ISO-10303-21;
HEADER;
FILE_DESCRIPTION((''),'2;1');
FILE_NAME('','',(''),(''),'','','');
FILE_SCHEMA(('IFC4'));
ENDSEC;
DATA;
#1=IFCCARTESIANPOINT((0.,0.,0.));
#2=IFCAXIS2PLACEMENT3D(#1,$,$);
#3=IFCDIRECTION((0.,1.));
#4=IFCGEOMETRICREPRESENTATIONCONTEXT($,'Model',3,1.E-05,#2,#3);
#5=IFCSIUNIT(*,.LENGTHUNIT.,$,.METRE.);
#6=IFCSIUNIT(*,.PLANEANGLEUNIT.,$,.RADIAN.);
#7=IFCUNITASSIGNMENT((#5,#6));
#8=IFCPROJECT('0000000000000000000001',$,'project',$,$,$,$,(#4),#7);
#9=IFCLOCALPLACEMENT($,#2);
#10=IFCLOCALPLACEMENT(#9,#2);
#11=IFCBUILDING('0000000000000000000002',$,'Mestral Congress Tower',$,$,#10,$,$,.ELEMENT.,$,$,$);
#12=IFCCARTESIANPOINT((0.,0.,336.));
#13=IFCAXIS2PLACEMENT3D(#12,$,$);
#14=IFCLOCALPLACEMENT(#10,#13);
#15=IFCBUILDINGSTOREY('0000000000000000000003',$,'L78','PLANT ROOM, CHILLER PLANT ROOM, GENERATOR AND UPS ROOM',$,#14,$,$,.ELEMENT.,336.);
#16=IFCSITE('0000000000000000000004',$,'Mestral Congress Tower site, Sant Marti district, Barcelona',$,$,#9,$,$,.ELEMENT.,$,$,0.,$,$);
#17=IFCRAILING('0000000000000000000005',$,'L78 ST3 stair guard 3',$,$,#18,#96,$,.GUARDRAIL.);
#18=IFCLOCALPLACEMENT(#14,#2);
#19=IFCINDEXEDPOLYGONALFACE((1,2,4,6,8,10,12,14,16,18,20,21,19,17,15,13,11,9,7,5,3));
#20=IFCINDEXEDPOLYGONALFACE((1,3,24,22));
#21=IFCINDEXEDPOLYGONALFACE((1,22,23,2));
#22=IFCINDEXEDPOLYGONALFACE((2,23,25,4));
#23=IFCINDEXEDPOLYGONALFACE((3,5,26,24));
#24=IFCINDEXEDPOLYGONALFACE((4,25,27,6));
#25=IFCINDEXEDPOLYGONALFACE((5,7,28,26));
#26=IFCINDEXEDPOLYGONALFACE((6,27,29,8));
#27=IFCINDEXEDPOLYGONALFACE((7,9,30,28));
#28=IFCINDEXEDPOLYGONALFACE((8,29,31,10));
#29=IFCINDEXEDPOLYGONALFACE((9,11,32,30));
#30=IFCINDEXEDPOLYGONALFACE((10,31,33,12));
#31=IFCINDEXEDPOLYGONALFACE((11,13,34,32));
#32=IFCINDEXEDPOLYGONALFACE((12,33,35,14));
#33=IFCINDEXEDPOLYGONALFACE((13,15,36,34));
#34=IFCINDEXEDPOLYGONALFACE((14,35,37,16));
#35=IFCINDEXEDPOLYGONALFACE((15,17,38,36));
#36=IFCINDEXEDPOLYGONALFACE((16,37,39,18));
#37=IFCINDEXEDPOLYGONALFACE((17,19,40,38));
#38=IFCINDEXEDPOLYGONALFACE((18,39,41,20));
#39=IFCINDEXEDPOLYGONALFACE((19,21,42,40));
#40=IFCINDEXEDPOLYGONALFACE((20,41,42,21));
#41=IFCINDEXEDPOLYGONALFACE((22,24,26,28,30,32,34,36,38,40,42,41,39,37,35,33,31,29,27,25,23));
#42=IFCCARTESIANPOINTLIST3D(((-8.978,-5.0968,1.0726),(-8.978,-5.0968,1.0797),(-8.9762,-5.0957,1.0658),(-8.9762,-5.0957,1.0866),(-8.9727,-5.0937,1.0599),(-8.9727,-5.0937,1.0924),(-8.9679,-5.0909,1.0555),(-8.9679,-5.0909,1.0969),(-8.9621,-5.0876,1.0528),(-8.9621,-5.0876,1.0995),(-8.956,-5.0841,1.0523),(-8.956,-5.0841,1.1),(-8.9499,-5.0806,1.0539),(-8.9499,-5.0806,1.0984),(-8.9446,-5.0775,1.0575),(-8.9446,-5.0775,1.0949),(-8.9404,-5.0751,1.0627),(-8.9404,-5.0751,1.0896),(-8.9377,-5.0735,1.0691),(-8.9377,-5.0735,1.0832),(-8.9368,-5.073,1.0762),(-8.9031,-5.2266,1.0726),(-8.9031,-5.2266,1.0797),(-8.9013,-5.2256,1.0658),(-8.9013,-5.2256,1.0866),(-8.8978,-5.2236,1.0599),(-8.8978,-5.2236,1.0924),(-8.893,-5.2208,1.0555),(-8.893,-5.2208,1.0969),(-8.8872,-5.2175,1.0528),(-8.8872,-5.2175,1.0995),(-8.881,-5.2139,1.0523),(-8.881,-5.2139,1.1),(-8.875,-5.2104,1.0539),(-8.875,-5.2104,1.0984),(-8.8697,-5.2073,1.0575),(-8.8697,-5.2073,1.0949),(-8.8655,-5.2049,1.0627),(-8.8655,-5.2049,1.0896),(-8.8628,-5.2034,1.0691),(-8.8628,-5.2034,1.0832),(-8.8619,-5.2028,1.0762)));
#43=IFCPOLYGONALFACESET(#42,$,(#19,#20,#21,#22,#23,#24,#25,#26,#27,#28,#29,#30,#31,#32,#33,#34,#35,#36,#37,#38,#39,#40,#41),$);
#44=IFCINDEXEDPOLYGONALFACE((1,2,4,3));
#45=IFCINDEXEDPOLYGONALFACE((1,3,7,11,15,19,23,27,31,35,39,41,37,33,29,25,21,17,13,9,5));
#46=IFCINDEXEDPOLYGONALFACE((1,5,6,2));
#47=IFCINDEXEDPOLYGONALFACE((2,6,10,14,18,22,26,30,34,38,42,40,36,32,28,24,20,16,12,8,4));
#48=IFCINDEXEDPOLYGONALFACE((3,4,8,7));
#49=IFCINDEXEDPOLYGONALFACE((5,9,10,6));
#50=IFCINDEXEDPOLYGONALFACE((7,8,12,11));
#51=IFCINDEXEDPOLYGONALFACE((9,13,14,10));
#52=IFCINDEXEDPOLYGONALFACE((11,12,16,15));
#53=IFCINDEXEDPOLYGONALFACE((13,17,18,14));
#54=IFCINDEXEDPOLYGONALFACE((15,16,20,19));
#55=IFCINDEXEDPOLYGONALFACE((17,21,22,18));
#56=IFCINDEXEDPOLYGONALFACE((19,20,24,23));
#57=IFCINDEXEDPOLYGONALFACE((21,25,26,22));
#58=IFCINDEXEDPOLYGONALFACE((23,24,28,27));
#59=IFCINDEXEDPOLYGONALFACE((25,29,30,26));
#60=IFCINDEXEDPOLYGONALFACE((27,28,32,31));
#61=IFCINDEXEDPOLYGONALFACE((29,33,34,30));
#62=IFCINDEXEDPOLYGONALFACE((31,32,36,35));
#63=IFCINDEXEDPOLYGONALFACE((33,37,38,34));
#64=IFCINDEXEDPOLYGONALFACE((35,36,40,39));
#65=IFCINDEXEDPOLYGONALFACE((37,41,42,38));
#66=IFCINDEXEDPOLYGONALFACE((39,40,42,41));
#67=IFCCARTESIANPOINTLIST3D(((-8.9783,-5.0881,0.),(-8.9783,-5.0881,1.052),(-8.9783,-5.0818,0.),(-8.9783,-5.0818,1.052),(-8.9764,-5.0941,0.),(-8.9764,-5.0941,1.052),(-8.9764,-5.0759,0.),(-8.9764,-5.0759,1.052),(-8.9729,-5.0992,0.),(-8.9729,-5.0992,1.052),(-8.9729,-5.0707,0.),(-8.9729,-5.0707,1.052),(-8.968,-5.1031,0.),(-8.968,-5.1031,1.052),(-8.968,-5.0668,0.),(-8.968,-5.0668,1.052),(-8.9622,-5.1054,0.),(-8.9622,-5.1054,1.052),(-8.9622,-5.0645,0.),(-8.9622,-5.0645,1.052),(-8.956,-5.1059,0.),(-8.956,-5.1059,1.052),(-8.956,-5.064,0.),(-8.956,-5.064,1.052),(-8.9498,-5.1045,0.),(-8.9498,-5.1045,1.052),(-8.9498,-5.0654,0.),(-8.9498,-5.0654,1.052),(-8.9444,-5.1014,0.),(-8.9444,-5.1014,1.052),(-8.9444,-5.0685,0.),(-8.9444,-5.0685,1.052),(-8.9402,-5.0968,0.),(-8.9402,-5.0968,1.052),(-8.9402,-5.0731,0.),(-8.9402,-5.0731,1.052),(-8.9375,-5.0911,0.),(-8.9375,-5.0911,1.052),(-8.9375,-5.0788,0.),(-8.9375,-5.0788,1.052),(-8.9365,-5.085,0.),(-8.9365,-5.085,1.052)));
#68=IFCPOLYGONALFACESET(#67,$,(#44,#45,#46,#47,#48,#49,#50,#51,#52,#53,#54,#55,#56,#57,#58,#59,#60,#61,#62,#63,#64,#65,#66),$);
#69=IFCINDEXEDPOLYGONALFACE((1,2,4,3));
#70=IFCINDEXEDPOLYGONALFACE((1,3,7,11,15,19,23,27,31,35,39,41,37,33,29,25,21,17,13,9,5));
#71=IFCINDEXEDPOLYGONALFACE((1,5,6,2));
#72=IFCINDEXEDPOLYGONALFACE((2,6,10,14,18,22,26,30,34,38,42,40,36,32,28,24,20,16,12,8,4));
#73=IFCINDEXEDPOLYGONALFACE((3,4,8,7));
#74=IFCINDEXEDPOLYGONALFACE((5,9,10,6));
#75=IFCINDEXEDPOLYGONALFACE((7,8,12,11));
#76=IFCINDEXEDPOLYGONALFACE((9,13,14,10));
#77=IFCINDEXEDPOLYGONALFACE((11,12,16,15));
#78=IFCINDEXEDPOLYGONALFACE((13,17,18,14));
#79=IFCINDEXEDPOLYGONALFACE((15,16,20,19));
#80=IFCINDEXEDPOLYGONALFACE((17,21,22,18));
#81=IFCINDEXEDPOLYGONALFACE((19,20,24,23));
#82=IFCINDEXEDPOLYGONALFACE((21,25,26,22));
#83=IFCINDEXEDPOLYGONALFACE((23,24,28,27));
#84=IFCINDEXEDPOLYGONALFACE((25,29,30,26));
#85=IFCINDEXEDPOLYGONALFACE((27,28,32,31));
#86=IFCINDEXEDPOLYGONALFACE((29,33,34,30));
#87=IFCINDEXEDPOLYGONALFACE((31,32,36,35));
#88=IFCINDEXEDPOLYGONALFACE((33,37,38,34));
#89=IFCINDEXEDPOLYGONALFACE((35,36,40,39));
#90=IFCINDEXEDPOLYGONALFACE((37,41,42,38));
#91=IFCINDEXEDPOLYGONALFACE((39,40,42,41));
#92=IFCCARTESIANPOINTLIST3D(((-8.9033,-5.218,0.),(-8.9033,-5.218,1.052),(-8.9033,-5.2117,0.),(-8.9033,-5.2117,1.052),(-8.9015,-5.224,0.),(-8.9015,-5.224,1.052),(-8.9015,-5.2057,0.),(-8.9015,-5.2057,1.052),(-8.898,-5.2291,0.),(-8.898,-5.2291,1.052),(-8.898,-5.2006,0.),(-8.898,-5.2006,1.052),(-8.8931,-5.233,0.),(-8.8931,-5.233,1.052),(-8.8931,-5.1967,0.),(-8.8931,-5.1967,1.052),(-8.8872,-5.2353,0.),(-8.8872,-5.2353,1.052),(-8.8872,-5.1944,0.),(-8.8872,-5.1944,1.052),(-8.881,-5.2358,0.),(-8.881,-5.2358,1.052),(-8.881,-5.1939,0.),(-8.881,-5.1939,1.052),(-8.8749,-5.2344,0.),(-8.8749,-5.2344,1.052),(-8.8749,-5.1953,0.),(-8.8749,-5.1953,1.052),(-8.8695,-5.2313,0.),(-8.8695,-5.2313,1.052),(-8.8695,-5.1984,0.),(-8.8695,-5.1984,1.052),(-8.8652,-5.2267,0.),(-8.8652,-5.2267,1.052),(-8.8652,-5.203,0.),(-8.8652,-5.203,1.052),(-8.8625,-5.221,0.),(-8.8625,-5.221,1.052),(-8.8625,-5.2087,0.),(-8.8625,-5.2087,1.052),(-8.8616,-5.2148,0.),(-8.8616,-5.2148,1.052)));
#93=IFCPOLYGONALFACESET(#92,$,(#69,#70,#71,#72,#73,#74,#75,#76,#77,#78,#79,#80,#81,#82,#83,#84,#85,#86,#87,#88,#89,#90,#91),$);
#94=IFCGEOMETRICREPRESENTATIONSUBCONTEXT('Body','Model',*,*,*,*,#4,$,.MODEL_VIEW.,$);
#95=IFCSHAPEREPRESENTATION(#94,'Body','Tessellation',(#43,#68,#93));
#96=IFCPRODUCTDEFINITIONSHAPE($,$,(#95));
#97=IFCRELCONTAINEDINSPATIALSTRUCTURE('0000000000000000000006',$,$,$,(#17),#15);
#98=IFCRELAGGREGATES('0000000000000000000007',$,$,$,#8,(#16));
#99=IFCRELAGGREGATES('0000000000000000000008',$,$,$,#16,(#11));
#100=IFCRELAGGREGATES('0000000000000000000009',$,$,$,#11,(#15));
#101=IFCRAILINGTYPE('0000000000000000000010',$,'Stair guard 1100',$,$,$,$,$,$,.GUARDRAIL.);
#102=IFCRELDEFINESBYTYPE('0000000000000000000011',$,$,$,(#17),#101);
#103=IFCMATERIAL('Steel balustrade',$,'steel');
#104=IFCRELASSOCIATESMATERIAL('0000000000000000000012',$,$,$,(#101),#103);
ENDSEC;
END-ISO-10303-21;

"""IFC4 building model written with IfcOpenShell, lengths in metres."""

from ifc_helpers import new_model, si_unit, direction, frame, origin, origin_2d, place, context, subcontext, project, spatial, circle, extrude, material, type_object, element, save


model = new_model("IFC4")

# Units and contexts
model_context = context("Model", 3, precision=1e-05, world=origin(), true_north=direction((0.0, 1.0)))
body_context = subcontext(model_context, "Body", "Model", "MODEL_VIEW")
ifc_project = project(units=[si_unit("LENGTHUNIT", "METRE"), si_unit("PLANEANGLEUNIT", "RADIAN")], contexts=[model_context])

# Site, building, storey
site_placement = place(None, origin())
site = spatial("IfcSite", under=ifc_project, at=site_placement, Name="Mestral Congress Tower site, Sant Marti district, Barcelona", CompositionType="ELEMENT", RefElevation=0.0)
building_placement = place(site_placement, origin())
building = spatial("IfcBuilding", under=site, at=building_placement, Name="Mestral Congress Tower", CompositionType="ELEMENT")
storey_placement = place(building_placement, frame((0.0, 0.0, 336.0)))
storey = spatial("IfcBuildingStorey", under=building, at=storey_placement, Name="L78", Description="PLANT ROOM, CHILLER PLANT ROOM, GENERATOR AND UPS ROOM", CompositionType="ELEMENT", Elevation=336.0)

# Railing
ifc_material_1 = material(Name="Steel balustrade", Category="steel")
railing_type_1 = type_object("IfcRailingType", Name="Stair guard 1100", PredefinedType="GUARDRAIL", material=ifc_material_1)
railing_1_placement = place(storey_placement, frame((-8.9575, -5.085, 0.0)))
element("IfcRailing", 1, at=railing_1_placement, inside=storey, type_object=railing_type_1, Name="L78 ST3 stair guard 3", PredefinedType="GUARDRAIL", context=body_context, shape_type="SweptSolid", body=[
    extrude(circle(Radius=0.0239, at=origin_2d()), frame((0.0, 0.0, 1.0762), z_axis=(0.499816, -0.866131, 0.0), x_axis=(0.866131, 0.499816, 0.0)), (0.0, 0.0, 1.0), 0.1499),
    extrude(circle(Radius=0.021, at=origin_2d()), origin(), (0.0, 0.0, 1.0), 1.052),
    extrude(circle(Radius=0.021, at=origin_2d()), frame((0.075, -0.1299, 0.0)), (0.0, 0.0, 1.0), 1.052),
])

save(model, "model.ifc")
